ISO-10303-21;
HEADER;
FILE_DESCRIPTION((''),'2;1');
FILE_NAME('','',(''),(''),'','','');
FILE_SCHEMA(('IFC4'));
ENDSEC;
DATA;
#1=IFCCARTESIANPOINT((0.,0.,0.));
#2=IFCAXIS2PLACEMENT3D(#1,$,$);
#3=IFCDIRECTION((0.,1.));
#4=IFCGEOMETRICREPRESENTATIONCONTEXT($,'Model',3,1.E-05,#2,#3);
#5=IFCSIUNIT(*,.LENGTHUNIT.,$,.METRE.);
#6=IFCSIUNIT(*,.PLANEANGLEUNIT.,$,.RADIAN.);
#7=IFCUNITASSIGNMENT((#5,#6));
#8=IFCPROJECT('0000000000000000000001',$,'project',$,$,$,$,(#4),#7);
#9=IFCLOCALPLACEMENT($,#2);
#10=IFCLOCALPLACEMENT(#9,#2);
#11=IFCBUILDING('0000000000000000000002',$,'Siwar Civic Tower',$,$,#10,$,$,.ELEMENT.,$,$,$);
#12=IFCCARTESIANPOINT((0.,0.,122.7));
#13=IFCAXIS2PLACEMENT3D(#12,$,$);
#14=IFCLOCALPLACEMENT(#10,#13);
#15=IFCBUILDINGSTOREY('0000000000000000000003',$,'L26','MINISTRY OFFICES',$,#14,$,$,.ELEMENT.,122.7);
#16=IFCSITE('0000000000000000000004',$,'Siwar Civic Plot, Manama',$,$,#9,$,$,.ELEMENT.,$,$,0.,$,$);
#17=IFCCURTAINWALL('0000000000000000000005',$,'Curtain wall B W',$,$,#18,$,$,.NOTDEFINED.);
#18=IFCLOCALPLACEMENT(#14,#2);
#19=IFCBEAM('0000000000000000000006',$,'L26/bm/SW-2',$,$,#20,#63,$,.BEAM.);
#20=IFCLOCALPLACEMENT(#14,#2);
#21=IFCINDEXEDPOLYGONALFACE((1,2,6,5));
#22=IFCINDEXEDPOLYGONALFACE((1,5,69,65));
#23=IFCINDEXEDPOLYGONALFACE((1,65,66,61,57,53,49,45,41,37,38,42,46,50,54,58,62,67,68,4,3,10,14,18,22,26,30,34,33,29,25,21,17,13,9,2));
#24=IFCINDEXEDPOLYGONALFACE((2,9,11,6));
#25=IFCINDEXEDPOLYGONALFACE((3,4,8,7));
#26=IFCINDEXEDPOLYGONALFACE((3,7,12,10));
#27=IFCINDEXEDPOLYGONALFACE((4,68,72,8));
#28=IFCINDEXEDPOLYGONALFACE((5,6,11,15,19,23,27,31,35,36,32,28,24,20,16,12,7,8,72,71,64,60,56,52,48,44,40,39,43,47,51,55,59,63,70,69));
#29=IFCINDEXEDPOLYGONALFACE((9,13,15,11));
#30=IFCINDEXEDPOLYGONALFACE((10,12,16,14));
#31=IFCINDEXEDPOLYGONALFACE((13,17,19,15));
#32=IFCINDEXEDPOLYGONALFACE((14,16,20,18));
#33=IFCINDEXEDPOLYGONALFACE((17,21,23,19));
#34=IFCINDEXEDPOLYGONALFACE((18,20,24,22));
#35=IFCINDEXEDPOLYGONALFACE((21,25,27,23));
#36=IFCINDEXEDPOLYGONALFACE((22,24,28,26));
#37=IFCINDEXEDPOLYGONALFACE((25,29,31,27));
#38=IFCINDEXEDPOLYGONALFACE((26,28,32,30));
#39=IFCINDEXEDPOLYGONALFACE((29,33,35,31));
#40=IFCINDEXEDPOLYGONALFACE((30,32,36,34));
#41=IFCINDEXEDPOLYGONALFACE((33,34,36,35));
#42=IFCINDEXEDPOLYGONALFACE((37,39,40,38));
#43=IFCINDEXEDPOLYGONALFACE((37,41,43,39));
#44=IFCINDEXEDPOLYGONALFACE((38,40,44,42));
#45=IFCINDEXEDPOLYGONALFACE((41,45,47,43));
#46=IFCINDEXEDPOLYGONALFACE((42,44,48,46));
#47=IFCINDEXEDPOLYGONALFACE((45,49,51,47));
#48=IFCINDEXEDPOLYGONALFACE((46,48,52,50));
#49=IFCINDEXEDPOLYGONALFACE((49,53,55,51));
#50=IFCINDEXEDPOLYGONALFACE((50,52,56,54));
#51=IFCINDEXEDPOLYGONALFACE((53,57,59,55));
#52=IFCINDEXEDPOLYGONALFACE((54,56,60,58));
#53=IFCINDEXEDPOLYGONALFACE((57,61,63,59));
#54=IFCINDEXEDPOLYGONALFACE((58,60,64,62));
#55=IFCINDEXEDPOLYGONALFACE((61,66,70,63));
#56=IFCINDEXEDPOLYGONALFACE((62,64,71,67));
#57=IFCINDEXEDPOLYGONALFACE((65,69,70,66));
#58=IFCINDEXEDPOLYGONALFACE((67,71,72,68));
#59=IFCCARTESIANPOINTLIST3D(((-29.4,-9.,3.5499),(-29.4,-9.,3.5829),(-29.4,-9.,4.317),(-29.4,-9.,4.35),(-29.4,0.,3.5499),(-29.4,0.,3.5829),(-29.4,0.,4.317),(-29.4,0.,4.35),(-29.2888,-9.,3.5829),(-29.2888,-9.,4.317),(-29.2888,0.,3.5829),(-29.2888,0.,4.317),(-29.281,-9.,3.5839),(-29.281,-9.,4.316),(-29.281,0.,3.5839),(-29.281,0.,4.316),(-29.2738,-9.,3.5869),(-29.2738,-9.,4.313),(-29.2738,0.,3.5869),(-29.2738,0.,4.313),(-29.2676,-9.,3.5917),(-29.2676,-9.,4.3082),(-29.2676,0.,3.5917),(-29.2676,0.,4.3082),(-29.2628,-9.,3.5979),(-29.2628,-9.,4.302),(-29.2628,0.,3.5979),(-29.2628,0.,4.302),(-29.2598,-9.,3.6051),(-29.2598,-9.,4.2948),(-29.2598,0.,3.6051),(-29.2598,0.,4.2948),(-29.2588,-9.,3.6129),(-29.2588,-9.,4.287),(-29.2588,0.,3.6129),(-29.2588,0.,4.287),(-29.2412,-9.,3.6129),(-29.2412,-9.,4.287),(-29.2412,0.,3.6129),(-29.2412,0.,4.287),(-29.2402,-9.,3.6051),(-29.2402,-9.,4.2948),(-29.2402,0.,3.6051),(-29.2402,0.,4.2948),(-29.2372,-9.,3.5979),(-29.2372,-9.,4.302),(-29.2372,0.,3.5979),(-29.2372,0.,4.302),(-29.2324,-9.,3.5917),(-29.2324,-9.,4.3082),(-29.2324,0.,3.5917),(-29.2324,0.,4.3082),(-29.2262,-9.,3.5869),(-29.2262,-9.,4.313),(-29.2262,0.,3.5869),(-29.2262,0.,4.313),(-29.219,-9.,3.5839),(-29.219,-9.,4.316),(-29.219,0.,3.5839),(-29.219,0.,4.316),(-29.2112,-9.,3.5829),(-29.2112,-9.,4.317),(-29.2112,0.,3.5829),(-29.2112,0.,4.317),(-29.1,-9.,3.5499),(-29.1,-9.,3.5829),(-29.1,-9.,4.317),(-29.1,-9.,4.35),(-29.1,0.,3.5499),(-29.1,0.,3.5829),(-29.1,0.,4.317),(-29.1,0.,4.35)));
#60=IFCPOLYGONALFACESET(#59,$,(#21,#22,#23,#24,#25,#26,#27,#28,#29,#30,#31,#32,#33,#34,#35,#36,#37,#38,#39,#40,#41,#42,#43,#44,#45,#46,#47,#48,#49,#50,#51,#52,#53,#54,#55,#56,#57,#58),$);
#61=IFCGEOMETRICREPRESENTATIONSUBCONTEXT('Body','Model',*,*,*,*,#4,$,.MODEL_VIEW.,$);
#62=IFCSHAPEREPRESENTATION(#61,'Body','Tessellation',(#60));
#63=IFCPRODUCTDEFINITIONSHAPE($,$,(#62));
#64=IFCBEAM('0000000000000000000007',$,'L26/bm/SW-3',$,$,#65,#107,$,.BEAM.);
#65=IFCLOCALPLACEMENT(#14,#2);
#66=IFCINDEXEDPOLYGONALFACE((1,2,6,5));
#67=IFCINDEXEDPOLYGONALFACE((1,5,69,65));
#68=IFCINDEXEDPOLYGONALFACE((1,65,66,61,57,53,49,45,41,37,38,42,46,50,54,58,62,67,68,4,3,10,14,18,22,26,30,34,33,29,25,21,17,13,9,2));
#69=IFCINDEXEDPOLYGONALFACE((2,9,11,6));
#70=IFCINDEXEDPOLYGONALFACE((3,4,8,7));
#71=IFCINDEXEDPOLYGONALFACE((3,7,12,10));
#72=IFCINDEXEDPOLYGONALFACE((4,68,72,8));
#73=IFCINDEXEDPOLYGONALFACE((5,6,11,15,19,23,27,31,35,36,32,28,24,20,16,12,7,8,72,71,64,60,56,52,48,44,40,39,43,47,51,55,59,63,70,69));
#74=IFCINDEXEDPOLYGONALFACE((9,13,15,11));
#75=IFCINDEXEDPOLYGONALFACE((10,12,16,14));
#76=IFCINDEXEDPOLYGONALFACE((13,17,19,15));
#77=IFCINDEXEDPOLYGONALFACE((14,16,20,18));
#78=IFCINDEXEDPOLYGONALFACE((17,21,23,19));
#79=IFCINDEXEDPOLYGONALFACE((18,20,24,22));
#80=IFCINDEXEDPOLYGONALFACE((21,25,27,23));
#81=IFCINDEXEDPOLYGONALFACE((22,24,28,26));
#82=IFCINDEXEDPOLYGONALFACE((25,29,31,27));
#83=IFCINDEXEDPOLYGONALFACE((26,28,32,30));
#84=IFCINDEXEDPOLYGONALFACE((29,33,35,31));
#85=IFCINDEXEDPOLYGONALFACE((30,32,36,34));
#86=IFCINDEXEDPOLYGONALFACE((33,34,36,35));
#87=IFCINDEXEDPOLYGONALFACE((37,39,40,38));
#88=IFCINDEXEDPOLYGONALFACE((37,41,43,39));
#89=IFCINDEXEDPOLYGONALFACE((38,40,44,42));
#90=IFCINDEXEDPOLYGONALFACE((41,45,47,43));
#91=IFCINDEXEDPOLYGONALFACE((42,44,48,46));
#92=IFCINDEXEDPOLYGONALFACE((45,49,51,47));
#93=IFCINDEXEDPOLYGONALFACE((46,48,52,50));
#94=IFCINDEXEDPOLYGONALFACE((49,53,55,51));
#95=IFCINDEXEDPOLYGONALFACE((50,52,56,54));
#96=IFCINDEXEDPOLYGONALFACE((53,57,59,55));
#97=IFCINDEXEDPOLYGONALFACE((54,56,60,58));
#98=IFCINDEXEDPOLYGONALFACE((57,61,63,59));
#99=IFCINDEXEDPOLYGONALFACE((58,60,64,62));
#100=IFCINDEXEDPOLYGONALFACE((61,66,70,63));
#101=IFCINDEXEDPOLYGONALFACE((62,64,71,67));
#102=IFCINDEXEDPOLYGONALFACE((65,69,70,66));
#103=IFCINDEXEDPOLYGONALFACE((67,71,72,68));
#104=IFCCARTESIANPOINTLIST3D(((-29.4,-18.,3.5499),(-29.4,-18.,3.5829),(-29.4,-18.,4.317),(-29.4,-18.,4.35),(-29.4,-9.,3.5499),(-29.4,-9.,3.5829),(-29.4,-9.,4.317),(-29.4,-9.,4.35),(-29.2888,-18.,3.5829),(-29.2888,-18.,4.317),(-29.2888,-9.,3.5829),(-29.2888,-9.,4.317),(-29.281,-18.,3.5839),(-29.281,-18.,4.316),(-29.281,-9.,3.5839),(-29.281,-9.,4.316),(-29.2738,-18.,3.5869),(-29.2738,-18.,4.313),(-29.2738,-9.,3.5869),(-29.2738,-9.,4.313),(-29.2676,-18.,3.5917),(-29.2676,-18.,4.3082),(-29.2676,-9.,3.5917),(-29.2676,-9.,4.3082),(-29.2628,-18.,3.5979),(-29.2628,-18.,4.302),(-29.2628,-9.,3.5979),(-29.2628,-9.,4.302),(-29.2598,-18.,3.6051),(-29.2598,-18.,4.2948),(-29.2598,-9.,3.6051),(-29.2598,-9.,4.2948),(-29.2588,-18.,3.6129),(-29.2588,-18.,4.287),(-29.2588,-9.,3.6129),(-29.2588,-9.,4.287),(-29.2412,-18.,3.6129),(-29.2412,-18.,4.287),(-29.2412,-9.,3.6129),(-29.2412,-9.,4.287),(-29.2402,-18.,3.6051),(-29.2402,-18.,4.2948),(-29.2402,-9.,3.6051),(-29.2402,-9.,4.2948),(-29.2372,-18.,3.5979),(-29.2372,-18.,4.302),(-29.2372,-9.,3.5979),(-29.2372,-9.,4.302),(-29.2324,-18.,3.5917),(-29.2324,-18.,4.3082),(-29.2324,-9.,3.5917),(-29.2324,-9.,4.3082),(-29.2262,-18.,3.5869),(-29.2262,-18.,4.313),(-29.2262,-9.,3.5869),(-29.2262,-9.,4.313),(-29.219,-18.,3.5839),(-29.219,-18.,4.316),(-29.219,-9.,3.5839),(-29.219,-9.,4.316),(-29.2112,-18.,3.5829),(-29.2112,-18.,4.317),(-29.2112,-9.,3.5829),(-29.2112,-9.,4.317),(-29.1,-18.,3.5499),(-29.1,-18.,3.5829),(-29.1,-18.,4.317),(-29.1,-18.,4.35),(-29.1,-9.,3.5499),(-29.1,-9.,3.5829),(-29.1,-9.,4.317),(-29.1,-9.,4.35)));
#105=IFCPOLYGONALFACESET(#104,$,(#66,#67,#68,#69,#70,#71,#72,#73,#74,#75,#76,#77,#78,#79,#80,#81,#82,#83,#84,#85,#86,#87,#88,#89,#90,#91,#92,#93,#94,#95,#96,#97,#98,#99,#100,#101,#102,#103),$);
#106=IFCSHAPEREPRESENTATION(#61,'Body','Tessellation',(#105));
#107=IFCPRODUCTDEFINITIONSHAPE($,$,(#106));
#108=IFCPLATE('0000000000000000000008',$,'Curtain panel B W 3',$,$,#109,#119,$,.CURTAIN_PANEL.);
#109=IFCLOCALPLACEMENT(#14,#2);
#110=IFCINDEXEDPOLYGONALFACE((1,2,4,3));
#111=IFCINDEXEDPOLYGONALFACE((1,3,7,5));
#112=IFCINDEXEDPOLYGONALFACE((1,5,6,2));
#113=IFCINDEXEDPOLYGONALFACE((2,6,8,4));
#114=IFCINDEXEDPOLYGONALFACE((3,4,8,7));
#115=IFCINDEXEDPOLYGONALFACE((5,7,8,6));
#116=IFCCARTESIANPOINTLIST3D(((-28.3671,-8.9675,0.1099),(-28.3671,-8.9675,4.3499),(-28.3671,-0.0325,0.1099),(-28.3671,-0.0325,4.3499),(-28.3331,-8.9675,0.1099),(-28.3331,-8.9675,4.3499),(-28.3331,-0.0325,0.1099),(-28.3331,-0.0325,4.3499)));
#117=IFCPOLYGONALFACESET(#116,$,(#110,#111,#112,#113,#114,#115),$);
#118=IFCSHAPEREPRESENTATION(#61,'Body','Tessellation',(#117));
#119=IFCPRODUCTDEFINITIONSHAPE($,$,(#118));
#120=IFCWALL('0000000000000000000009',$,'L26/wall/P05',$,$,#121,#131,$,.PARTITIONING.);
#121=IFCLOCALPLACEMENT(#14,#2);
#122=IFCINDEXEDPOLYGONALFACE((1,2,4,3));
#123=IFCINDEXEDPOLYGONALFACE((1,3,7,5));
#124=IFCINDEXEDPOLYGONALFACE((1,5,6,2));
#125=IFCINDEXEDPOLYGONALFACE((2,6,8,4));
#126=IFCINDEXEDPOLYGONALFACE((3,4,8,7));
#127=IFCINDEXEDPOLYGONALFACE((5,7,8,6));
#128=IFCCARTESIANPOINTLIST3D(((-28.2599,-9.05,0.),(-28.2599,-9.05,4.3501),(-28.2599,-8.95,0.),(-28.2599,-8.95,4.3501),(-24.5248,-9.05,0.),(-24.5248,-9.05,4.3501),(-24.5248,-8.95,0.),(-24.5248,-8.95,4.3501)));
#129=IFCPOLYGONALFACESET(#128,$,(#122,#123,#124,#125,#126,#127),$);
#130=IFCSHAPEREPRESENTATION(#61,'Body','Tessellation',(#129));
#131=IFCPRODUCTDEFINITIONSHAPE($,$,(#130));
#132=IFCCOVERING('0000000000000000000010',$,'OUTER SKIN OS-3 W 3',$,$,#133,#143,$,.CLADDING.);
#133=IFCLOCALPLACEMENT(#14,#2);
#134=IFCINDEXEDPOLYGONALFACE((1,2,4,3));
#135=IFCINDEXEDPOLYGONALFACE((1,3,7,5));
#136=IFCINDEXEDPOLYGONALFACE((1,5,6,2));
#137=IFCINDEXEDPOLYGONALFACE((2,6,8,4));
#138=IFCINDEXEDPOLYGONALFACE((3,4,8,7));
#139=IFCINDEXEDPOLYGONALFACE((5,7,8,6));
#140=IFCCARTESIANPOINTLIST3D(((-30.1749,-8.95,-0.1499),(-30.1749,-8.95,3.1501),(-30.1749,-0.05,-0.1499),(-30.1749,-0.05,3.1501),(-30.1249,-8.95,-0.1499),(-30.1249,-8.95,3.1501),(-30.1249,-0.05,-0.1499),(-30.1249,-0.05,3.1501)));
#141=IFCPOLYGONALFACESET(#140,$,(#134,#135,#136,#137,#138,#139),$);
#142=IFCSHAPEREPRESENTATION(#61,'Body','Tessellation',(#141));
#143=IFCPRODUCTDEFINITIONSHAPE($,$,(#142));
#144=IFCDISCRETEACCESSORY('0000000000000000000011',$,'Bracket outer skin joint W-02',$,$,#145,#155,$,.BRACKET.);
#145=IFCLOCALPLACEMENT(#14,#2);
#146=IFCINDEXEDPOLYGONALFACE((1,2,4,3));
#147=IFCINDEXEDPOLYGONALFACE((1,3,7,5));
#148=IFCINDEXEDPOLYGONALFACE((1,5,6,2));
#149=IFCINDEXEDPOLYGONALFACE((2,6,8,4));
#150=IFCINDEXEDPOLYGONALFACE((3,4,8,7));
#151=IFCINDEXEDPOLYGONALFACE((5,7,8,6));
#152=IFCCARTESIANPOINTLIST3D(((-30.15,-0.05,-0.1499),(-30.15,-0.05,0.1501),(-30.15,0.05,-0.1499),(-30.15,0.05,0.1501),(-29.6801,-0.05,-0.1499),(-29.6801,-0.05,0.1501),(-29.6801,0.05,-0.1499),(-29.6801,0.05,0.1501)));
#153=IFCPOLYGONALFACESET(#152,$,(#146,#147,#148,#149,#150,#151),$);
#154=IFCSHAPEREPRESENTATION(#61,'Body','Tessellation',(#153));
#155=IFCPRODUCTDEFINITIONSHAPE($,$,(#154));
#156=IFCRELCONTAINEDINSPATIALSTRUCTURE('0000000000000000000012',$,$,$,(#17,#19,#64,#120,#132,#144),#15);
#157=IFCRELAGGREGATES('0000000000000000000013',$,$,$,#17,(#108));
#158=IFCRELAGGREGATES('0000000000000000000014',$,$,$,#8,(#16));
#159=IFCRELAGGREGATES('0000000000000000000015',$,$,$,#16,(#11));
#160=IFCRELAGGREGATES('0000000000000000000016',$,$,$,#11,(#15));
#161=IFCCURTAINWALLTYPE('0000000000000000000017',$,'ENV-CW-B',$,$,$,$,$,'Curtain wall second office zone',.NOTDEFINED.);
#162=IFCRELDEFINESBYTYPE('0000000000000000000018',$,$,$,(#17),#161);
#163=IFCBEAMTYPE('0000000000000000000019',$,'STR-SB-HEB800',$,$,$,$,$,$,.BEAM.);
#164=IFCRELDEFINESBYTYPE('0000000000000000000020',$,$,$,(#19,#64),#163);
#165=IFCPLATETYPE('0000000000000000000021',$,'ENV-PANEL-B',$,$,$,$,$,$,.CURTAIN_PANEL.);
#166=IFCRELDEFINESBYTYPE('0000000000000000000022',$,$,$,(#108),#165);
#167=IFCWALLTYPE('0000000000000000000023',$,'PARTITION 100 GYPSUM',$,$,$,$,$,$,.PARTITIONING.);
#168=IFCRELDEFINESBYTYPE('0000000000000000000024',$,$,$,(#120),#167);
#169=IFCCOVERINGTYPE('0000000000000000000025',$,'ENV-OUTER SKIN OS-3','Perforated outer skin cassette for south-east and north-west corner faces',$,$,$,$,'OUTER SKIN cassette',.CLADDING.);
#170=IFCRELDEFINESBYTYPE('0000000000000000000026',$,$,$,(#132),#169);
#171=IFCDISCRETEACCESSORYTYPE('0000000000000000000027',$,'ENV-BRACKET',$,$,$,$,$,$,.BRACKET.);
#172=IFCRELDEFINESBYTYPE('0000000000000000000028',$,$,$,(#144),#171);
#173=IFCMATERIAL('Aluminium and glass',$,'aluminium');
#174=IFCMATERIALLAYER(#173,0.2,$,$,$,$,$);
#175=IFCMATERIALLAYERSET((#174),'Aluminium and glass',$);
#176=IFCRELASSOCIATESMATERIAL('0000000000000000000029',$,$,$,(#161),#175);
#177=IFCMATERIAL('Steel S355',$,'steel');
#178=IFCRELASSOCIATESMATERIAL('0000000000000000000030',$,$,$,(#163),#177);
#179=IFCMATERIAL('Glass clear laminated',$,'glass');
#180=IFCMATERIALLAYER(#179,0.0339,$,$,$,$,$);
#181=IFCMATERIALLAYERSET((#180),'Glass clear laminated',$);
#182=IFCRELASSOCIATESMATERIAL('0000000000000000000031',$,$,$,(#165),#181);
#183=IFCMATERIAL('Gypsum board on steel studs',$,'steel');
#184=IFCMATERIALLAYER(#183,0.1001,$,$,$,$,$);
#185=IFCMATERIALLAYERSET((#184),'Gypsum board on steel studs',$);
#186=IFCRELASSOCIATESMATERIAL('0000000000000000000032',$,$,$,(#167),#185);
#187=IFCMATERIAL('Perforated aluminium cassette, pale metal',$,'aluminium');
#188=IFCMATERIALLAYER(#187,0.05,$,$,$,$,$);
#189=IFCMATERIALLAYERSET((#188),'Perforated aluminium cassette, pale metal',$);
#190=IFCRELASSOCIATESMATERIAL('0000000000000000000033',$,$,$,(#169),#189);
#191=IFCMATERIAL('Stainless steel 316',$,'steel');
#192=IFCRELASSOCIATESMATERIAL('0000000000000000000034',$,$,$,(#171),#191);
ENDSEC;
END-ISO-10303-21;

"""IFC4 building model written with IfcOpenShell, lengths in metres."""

from ifc_helpers import new_model, si_unit, direction, frame, frame_2d, origin, origin_2d, place, context, subcontext, project, spatial, rectangle, i_section, extrude, material, layer, layer_set, material_profile, profile_set, type_object, element, aggregate, save


model = new_model("IFC4")

# Units and contexts
model_context = context("Model", 3, precision=1e-05, world=origin(), true_north=direction((0.0, 1.0)))
body_context = subcontext(model_context, "Body", "Model", "MODEL_VIEW")
ifc_project = project(units=[si_unit("LENGTHUNIT", "METRE"), si_unit("PLANEANGLEUNIT", "RADIAN")], contexts=[model_context])

# Site, building, storey
site_placement = place(None, origin())
site = spatial("IfcSite", under=ifc_project, at=site_placement, Name="Siwar Civic Plot, Manama", CompositionType="ELEMENT", RefElevation=0.0)
building_placement = place(site_placement, origin())
building = spatial("IfcBuilding", under=site, at=building_placement, Name="Siwar Civic Tower", CompositionType="ELEMENT")
storey_placement = place(building_placement, frame((0.0, 0.0, 122.7)))
storey = spatial("IfcBuildingStorey", under=building, at=storey_placement, Name="L26", Description="MINISTRY OFFICES", CompositionType="ELEMENT", Elevation=122.7)

# Curtain wall
ifc_material_1 = material(Name="Aluminium and glass", Category="aluminium")
ifc_layer_1 = layer(ifc_material_1, 0.2)
ifc_layer_set_1 = layer_set([ifc_layer_1], Name="Aluminium and glass")
curtain_wall_type = type_object("IfcCurtainWallType", Name="ENV-CW-B", ElementType="Curtain wall second office zone", PredefinedType="NOTDEFINED", material=ifc_layer_set_1)
curtain_wall_placement = place(storey_placement, origin())
curtain_wall = element("IfcCurtainWall", 1, at=curtain_wall_placement, inside=storey, type_object=curtain_wall_type, Name="Curtain wall B W", PredefinedType="NOTDEFINED")

# Beams
ifc_material_2 = material(Name="Steel S355", Category="steel")
ifc_material_profile_1 = material_profile(ifc_material_2, i_section(OverallWidth=0.3, OverallDepth=0.8, WebThickness=0.0176, FlangeThickness=0.033, FilletRadius=0.03, at=origin_2d()), Name="HEB800")
ifc_profile_set_1 = profile_set([ifc_material_profile_1], Name="Steel S355")
beam_type_1 = type_object("IfcBeamType", Name="STR-SB-HEB800", PredefinedType="BEAM", material=ifc_profile_set_1)
for number, where, z_axis, x_axis, name in (
    (2, (-29.25, 0.0, 3.95), (0.0, -1.0, 0.0), (1.0, 0.0, 0.0), "L26/bm/SW-2"),
    (3, (-29.25, -9.0, 3.95), (0.0, -1.0, 0.0), (1.0, 0.0, 0.0), "L26/bm/SW-3"),
):
    element("IfcBeam", number, at=place(storey_placement, frame(where, z_axis=z_axis, x_axis=x_axis)), inside=storey, type_object=beam_type_1, Name=name, PredefinedType="BEAM", context=body_context, shape_type="SweptSolid", body=[
        extrude(i_section(OverallWidth=0.3, OverallDepth=0.8, WebThickness=0.0176, FlangeThickness=0.033, FilletRadius=0.03, at=origin_2d()), origin(), (0.0, 0.0, 1.0), 9.0),
    ])

# Plate
ifc_material_3 = material(Name="Glass clear laminated", Category="glass")
ifc_layer_2 = layer(ifc_material_3, 0.0339)
ifc_layer_set_2 = layer_set([ifc_layer_2], Name="Glass clear laminated")
plate_type = type_object("IfcPlateType", Name="ENV-PANEL-B", PredefinedType="CURTAIN_PANEL", material=ifc_layer_set_2)
plate_placement = place(storey_placement, frame((-28.3501, -4.5, 0.1099), z_axis=(0.0, 0.0, 1.0), x_axis=(0.0, -1.0, 0.0)))
plate = element("IfcPlate", 4, at=plate_placement, type_object=plate_type, Name="Curtain panel B W 3", PredefinedType="CURTAIN_PANEL", context=body_context, shape_type="SweptSolid", body=[
    extrude(rectangle(XDim=8.9351, YDim=0.0339, at=origin_2d()), origin(), (0.0, 0.0, 1.0), 4.24),
])
aggregate(curtain_wall, [plate])

# Wall
ifc_material_4 = material(Name="Gypsum board on steel studs", Category="steel")
ifc_layer_3 = layer(ifc_material_4, 0.1001)
ifc_layer_set_3 = layer_set([ifc_layer_3], Name="Gypsum board on steel studs")
wall_type = type_object("IfcWallType", Name="PARTITION 100 GYPSUM", PredefinedType="PARTITIONING", material=ifc_layer_set_3)
wall_placement = place(storey_placement, frame((-28.26, -9.0, 0.0), z_axis=(0.0, 0.0, 1.0), x_axis=(1.0, 0.0, 0.0)))
element("IfcWall", 5, at=wall_placement, inside=storey, type_object=wall_type, Name="L26/wall/P05", PredefinedType="PARTITIONING", context=body_context, shape_type="SweptSolid", body=[
    extrude(rectangle(XDim=3.7351, YDim=0.1001, at=frame_2d((1.8677, 0.0))), origin(), (0.0, 0.0, 1.0), 4.3501),
])

# Covering
ifc_material_5 = material(Name="Perforated aluminium cassette, pale metal", Category="aluminium")
ifc_layer_4 = layer(ifc_material_5, 0.05)
ifc_layer_set_4 = layer_set([ifc_layer_4], Name="Perforated aluminium cassette, pale metal")
covering_type = type_object("IfcCoveringType", Name="ENV-OUTER SKIN OS-3", Description="Perforated outer skin cassette for south-east and north-west corner faces", ElementType="OUTER SKIN cassette", PredefinedType="CLADDING", material=ifc_layer_set_4)
covering_placement = place(storey_placement, frame((-30.1499, -4.5, -0.1499), z_axis=(0.0, 0.0, 1.0), x_axis=(0.0, -1.0, 0.0)))
element("IfcCovering", 6, at=covering_placement, inside=storey, type_object=covering_type, Name="OUTER SKIN OS-3 W 3", PredefinedType="CLADDING", context=body_context, shape_type="SweptSolid", body=[
    extrude(rectangle(XDim=8.8999, YDim=0.05, at=origin_2d()), origin(), (0.0, 0.0, 1.0), 3.3),
])

# Discrete accessory
ifc_material_6 = material(Name="Stainless steel 316", Category="steel")
discrete_accessory_type = type_object("IfcDiscreteAccessoryType", Name="ENV-BRACKET", PredefinedType="BRACKET", material=ifc_material_6)
discrete_accessory_placement = place(storey_placement, frame((-29.915, 0.0, -0.1499), z_axis=(0.0, 0.0, 1.0), x_axis=(-1.0, 0.0, 0.0)))
element("IfcDiscreteAccessory", 7, at=discrete_accessory_placement, inside=storey, type_object=discrete_accessory_type, Name="Bracket outer skin joint W-02", PredefinedType="BRACKET", context=body_context, shape_type="SweptSolid", body=[
    extrude(rectangle(XDim=0.47, YDim=0.1001, at=origin_2d()), origin(), (0.0, 0.0, 1.0), 0.3),
])

save(model, "model.ifc")
